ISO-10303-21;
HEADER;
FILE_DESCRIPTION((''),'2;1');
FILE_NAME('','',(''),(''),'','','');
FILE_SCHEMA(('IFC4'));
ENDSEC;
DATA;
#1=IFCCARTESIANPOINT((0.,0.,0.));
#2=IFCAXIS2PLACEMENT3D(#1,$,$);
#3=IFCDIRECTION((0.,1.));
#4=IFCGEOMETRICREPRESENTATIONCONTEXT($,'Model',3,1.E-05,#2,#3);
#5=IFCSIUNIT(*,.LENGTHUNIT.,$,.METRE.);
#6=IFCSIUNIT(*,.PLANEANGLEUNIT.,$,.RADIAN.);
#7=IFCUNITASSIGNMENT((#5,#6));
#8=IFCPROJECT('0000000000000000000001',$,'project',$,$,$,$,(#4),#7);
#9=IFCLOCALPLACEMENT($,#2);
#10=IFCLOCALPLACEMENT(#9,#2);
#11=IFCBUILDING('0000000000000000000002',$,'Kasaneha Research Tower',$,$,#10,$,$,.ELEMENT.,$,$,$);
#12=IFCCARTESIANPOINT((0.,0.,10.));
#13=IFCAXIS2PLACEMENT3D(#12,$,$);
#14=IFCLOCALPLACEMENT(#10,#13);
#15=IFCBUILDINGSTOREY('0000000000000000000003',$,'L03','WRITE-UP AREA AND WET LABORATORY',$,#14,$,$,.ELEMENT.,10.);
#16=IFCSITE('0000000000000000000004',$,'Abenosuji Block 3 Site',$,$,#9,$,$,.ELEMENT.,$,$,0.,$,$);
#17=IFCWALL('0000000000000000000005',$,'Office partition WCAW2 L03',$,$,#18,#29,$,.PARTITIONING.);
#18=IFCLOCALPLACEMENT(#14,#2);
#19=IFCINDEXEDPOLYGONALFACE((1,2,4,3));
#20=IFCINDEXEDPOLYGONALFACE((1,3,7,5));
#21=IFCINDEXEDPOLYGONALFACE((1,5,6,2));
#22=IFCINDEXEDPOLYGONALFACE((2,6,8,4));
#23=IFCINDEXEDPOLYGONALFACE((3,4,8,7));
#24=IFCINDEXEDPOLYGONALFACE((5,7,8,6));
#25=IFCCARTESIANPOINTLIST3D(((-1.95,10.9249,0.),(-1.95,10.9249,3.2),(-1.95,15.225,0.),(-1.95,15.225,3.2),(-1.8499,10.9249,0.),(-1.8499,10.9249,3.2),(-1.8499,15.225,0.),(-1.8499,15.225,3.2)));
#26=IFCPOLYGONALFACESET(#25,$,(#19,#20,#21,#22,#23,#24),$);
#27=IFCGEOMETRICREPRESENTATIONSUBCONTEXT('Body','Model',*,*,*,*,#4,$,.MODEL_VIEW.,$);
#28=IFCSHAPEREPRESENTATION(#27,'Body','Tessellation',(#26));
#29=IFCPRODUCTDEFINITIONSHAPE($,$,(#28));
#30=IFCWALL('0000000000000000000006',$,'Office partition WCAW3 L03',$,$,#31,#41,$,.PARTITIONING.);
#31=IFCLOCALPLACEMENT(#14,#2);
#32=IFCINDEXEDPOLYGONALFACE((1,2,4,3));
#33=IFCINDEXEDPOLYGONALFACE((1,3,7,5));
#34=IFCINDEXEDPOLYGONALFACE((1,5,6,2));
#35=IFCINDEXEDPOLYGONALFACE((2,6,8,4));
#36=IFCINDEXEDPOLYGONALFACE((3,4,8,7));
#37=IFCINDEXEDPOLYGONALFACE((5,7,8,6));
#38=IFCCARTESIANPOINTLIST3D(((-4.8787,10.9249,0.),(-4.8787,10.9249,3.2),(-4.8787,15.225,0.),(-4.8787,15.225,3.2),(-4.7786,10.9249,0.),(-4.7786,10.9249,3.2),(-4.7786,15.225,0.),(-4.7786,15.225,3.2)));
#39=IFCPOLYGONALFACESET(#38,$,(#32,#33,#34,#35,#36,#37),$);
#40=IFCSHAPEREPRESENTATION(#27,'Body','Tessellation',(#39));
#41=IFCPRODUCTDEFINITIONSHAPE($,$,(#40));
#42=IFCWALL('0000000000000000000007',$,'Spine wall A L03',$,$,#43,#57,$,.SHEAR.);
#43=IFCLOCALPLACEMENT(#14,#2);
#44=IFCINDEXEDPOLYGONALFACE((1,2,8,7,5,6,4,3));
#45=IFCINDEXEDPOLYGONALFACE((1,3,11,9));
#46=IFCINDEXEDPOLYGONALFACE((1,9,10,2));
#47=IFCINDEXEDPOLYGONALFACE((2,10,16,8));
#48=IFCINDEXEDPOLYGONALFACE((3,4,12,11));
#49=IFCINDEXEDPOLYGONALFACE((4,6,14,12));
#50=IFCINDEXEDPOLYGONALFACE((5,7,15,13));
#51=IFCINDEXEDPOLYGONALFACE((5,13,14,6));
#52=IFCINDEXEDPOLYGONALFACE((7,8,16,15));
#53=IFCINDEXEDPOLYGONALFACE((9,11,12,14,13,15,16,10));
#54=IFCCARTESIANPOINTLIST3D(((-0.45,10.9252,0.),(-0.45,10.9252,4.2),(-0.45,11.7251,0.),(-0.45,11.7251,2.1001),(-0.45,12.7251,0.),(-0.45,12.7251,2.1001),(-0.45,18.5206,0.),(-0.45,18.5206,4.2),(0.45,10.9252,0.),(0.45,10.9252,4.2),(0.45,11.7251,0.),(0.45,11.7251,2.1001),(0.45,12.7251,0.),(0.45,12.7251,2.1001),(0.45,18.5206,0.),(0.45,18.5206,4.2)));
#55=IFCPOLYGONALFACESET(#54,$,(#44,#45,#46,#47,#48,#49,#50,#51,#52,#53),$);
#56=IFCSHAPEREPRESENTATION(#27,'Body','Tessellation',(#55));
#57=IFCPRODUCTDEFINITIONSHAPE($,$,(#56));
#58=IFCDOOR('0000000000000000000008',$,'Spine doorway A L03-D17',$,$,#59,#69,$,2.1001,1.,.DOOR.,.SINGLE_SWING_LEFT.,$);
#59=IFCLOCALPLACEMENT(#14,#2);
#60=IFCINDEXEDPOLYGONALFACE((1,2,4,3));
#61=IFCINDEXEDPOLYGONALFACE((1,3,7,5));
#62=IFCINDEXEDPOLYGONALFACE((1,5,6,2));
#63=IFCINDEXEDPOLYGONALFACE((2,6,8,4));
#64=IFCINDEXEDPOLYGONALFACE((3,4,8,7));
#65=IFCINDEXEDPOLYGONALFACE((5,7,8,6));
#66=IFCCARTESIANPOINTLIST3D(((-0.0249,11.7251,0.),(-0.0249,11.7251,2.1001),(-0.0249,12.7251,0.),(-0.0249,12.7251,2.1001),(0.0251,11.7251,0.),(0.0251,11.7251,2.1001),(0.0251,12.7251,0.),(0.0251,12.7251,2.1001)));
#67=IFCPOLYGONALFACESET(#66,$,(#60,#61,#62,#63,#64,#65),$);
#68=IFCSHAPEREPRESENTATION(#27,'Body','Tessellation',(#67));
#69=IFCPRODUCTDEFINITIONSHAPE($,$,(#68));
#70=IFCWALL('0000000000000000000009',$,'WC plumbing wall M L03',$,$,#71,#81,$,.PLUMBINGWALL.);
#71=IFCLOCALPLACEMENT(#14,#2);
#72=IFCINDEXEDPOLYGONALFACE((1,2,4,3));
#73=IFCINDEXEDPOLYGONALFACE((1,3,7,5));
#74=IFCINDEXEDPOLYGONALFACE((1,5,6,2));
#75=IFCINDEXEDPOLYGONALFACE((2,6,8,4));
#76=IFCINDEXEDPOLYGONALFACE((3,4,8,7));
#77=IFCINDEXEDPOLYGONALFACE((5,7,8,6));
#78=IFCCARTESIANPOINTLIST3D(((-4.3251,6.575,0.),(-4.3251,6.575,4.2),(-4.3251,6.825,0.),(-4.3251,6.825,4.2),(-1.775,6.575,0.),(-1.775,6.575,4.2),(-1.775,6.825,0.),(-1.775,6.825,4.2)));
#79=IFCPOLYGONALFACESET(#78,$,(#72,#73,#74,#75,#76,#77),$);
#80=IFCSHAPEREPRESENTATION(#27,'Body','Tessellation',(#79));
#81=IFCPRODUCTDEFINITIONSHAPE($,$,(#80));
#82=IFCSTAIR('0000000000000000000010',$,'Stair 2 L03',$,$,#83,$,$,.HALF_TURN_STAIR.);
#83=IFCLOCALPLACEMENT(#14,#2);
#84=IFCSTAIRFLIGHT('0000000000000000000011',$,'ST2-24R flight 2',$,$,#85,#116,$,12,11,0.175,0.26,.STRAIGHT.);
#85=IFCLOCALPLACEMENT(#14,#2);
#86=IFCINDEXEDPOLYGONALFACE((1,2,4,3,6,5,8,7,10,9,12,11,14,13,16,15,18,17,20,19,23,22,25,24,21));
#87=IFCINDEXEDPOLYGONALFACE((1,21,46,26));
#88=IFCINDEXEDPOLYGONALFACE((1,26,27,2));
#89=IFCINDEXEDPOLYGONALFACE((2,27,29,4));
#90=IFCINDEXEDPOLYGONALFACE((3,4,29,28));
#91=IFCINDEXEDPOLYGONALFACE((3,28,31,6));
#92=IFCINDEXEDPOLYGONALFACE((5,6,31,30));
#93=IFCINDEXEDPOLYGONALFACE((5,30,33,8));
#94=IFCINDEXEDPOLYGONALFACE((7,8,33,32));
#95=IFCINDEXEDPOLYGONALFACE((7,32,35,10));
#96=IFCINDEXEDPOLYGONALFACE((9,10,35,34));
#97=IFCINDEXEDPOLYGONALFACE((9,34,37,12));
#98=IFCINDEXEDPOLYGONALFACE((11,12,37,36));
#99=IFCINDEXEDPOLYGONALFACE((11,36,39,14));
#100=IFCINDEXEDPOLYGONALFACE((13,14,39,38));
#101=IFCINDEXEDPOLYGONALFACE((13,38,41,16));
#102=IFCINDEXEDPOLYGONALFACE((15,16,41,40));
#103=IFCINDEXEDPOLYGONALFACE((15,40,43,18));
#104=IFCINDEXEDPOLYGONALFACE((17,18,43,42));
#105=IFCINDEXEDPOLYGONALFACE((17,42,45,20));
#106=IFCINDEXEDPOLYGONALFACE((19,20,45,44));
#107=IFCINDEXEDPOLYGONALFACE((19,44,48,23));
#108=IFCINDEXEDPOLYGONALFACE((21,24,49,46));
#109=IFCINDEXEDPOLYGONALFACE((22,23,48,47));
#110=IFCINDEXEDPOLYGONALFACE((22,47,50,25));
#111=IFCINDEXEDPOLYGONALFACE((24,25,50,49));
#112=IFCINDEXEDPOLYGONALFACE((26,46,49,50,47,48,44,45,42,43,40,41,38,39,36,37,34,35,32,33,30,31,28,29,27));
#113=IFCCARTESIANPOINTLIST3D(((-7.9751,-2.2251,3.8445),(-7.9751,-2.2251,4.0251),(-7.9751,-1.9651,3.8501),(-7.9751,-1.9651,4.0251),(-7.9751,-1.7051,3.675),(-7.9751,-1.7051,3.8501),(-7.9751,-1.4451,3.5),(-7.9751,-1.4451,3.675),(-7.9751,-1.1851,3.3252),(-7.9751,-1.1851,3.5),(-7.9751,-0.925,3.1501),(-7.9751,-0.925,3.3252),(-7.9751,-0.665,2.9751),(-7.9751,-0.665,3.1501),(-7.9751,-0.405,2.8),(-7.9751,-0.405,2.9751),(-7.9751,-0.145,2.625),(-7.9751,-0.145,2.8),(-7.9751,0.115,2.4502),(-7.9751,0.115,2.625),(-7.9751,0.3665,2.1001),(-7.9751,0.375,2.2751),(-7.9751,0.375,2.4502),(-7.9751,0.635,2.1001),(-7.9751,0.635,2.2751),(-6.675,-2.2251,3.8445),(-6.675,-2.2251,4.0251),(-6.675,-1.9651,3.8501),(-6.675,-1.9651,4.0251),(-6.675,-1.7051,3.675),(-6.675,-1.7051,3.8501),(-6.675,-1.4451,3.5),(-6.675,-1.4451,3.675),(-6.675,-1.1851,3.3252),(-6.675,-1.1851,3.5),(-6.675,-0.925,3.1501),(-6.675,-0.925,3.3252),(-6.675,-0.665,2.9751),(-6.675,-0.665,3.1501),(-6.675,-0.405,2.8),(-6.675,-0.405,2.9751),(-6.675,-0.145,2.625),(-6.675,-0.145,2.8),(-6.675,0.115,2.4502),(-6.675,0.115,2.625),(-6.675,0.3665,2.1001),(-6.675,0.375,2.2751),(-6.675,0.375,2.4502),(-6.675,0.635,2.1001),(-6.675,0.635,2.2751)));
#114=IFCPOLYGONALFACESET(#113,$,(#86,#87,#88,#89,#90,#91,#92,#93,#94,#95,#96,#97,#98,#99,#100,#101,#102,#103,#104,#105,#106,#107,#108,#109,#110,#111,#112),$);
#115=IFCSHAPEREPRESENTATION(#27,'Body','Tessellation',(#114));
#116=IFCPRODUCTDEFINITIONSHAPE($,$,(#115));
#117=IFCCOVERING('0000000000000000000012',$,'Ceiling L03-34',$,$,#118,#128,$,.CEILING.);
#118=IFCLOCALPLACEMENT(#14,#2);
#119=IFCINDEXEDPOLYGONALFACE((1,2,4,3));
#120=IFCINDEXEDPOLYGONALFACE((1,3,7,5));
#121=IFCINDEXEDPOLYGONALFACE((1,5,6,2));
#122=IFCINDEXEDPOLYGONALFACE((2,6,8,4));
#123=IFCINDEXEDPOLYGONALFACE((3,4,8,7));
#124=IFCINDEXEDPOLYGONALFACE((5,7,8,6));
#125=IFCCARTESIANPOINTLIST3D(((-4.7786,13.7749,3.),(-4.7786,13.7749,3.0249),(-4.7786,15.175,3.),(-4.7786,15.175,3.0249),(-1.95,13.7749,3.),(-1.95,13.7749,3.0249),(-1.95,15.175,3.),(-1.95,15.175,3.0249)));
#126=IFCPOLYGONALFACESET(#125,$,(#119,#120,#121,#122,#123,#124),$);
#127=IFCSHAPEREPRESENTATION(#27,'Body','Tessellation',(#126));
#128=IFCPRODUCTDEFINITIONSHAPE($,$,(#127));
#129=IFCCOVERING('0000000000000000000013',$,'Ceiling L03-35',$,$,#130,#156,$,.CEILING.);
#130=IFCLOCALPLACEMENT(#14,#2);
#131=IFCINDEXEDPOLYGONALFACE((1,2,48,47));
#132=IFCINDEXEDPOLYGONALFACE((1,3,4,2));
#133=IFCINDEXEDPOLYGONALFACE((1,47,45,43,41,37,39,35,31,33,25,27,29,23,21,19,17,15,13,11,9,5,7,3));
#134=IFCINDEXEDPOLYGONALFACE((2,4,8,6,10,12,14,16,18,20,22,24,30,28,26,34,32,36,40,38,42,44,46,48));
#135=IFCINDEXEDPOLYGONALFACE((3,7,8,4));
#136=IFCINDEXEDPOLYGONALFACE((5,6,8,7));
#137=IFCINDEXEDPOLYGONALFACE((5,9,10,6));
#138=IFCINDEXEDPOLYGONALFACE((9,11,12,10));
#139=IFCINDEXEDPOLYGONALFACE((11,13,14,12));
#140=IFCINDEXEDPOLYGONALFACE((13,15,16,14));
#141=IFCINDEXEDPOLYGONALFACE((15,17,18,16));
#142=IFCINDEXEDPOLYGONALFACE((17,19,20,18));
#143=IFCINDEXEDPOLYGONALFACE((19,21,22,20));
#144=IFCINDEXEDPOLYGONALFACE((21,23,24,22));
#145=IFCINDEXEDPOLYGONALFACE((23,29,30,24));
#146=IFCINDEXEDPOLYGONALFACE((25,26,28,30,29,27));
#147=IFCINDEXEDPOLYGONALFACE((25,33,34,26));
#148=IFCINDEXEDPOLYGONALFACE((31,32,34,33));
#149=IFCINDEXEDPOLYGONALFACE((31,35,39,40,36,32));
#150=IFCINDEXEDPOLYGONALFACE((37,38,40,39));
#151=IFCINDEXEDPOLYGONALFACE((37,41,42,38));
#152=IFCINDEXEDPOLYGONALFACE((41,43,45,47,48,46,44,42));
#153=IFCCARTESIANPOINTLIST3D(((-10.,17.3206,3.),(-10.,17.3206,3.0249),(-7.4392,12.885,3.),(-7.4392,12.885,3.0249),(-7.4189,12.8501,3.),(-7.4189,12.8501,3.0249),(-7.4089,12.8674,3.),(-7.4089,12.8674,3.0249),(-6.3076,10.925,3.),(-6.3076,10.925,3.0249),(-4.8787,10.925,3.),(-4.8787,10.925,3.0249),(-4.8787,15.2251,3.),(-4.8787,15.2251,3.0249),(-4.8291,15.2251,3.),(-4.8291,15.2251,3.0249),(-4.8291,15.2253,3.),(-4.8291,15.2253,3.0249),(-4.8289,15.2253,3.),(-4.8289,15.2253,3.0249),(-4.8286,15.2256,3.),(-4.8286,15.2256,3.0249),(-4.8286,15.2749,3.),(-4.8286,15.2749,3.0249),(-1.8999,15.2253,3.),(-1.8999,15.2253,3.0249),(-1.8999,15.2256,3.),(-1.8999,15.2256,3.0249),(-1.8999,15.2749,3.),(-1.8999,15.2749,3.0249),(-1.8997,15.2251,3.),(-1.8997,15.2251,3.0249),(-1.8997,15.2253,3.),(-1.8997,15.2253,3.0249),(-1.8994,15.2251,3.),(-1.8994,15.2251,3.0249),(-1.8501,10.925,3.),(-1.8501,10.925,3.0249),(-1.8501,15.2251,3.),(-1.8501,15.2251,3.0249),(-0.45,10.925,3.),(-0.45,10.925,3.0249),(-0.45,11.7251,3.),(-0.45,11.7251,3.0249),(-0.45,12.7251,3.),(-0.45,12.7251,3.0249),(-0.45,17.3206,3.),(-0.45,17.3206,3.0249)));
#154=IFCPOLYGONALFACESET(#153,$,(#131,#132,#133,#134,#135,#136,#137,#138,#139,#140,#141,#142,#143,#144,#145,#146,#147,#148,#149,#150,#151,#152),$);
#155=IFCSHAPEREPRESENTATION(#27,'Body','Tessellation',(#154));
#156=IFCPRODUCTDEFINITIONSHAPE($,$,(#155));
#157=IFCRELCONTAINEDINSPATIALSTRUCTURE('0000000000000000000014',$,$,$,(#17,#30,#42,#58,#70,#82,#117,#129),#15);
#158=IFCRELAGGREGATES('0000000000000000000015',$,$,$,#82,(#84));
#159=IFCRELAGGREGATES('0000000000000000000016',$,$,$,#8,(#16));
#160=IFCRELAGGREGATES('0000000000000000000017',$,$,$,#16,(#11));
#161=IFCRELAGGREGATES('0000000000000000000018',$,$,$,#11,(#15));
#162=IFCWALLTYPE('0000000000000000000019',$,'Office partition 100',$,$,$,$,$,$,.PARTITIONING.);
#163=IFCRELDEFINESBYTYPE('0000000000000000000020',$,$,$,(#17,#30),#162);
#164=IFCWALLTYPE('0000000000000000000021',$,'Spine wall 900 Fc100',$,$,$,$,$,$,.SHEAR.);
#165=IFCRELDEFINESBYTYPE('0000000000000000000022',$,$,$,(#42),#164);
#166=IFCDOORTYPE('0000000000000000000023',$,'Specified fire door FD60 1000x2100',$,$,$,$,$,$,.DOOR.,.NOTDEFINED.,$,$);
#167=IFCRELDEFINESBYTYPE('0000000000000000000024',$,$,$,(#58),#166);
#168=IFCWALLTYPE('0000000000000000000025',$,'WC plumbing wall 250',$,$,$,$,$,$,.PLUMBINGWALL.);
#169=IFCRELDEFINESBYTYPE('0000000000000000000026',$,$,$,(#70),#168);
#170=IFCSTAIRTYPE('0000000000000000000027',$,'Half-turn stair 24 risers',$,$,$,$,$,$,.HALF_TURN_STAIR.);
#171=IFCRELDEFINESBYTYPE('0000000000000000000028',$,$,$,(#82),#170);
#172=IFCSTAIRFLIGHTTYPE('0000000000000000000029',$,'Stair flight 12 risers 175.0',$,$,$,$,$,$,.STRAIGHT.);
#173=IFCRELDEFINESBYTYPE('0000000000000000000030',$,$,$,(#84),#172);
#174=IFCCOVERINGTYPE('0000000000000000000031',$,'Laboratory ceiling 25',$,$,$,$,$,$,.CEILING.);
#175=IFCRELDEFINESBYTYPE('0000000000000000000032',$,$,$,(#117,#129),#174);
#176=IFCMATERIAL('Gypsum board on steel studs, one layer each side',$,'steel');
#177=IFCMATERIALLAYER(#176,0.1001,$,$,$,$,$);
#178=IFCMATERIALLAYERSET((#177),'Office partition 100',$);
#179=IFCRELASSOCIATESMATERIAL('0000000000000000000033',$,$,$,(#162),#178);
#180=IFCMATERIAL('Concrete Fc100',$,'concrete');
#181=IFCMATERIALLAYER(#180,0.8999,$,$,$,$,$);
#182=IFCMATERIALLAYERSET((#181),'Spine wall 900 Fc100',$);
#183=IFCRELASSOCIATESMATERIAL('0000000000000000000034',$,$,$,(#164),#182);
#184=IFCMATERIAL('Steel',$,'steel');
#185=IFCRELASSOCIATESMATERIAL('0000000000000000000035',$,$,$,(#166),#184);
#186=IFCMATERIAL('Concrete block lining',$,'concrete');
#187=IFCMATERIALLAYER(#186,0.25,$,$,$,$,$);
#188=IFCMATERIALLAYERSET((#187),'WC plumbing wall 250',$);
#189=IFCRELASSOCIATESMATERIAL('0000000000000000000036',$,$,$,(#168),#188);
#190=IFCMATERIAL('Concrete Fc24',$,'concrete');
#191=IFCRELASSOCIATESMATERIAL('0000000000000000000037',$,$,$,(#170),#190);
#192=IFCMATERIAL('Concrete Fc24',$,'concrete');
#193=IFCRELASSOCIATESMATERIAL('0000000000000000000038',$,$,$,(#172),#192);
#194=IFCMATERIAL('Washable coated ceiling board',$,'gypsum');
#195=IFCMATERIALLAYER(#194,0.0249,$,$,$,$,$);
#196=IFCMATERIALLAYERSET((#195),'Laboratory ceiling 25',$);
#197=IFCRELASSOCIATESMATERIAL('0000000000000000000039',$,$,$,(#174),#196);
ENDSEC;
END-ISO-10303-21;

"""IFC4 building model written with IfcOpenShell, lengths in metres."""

from ifc_helpers import new_model, si_unit, direction, frame, frame_2d, origin, place, context, subcontext, project, spatial, polyline, rectangle, outline, extrude, material, layer, layer_set, type_object, element, fill, aggregate, save


model = new_model("IFC4")

# Units and contexts
model_context = context("Model", 3, precision=1e-05, world=origin(), true_north=direction((0.0, 1.0)))
body_context = subcontext(model_context, "Body", "Model", "MODEL_VIEW")
ifc_project = project(units=[si_unit("LENGTHUNIT", "METRE"), si_unit("PLANEANGLEUNIT", "RADIAN")], contexts=[model_context])

# Site, building, storey
site_placement = place(None, origin())
site = spatial("IfcSite", under=ifc_project, at=site_placement, Name="Abenosuji Block 3 Site", CompositionType="ELEMENT", RefElevation=0.0)
building_placement = place(site_placement, origin())
building = spatial("IfcBuilding", under=site, at=building_placement, Name="Kasaneha Research Tower", CompositionType="ELEMENT")
storey_placement = place(building_placement, frame((0.0, 0.0, 10.0)))
storey = spatial("IfcBuildingStorey", under=building, at=storey_placement, Name="L03", Description="WRITE-UP AREA AND WET LABORATORY", CompositionType="ELEMENT", Elevation=10.0)

# Shared definitions
ifc_material_1 = material(Name="Gypsum board on steel studs, one layer each side", Category="steel")
ifc_layer_1 = layer(ifc_material_1, 0.1001)
ifc_layer_set_1 = layer_set([ifc_layer_1], Name="Office partition 100")
wall_type_1 = type_object("IfcWallType", Name="Office partition 100", PredefinedType="PARTITIONING", material=ifc_layer_set_1)

# Walls
for number, where, z_axis, x_axis, name in (
    (1, (-1.8999, 10.925, 0.0), (0.0, 0.0, 1.0), (0.0, 1.0, 0.0), "Office partition WCAW2 L03"),
    (2, (-4.8286, 10.925, 0.0), (0.0, 0.0, 1.0), (0.0, 1.0, 0.0), "Office partition WCAW3 L03"),
):
    element("IfcWall", number, at=place(storey_placement, frame(where, z_axis=z_axis, x_axis=x_axis)), inside=storey, type_object=wall_type_1, Name=name, PredefinedType="PARTITIONING", context=body_context, shape_type="SweptSolid", body=[
        extrude(rectangle(XDim=4.3, YDim=0.1001, at=frame_2d((2.1499, 0.0))), origin(), (0.0, 0.0, 1.0), 3.2),
    ])

# Wall, opening, door
ifc_material_2 = material(Name="Concrete Fc100", Category="concrete")
ifc_layer_2 = layer(ifc_material_2, 0.8999)
ifc_layer_set_2 = layer_set([ifc_layer_2], Name="Spine wall 900 Fc100")
wall_type_2 = type_object("IfcWallType", Name="Spine wall 900 Fc100", PredefinedType="SHEAR", material=ifc_layer_set_2)
wall_1_placement = place(storey_placement, frame((0.0, 10.925, 0.0), z_axis=(0.0, 0.0, 1.0), x_axis=(0.0, 1.0, 0.0)))
wall_1 = element("IfcWall", 3, at=wall_1_placement, inside=storey, type_object=wall_type_2, Name="Spine wall A L03", PredefinedType="SHEAR", context=body_context, shape_type="SweptSolid", body=[
    extrude(rectangle(XDim=7.5955, YDim=0.8999, at=frame_2d((3.7979, 0.0))), origin(), (0.0, 0.0, 1.0), 4.2),
])
opening_1_placement = place(wall_1_placement, frame((0.8, 0.0, 0.0)))
opening_1 = element("IfcOpeningElement", 4, at=opening_1_placement, cuts=wall_1, PredefinedType="OPENING", context=body_context, shape_type="SweptSolid", body=[
    extrude(rectangle(XDim=1.0, YDim=2.1001, at=frame_2d((0.5, 1.05))), frame((0.0, 0.46, 0.0), z_axis=(0.0, -1.0, 0.0), x_axis=(1.0, 0.0, 0.0)), (0.0, 0.0, 1.0), 0.9199),
])
ifc_material_3 = material(Name="Steel", Category="steel")
door_type_1 = type_object("IfcDoorType", Name="Specified fire door FD60 1000x2100", OperationType="NOTDEFINED", PredefinedType="DOOR", material=ifc_material_3)
door_1_placement = place(opening_1_placement, origin())
door_1 = element("IfcDoor", 5, at=door_1_placement, inside=storey, type_object=door_type_1, Name="Spine doorway A L03-D17", OperationType="SINGLE_SWING_LEFT", OverallHeight=2.1001, OverallWidth=1.0, PredefinedType="DOOR", context=body_context, shape_type="SweptSolid", body=[
    extrude(rectangle(XDim=1.0, YDim=2.1001, at=frame_2d((0.5, 1.05))), frame((0.0, 0.0249, 0.0), z_axis=(0.0, -1.0, 0.0), x_axis=(1.0, 0.0, 0.0)), (0.0, 0.0, 1.0), 0.05),
])
fill(opening_1, door_1)

# Wall
ifc_material_4 = material(Name="Concrete block lining", Category="concrete")
ifc_layer_3 = layer(ifc_material_4, 0.25)
ifc_layer_set_3 = layer_set([ifc_layer_3], Name="WC plumbing wall 250")
wall_type_3 = type_object("IfcWallType", Name="WC plumbing wall 250", PredefinedType="PLUMBINGWALL", material=ifc_layer_set_3)
wall_2_placement = place(storey_placement, frame((-4.325, 6.7, 0.0), z_axis=(0.0, 0.0, 1.0), x_axis=(1.0, 0.0, 0.0)))
element("IfcWall", 6, at=wall_2_placement, inside=storey, type_object=wall_type_3, Name="WC plumbing wall M L03", PredefinedType="PLUMBINGWALL", context=body_context, shape_type="SweptSolid", body=[
    extrude(rectangle(XDim=2.55, YDim=0.25, at=frame_2d((1.2749, 0.0))), origin(), (0.0, 0.0, 1.0), 4.2),
])

# Stair, stair flight
ifc_material_5 = material(Name="Concrete Fc24", Category="concrete")
stair_type = type_object("IfcStairType", Name="Half-turn stair 24 risers", PredefinedType="HALF_TURN_STAIR", material=ifc_material_5)
stair_placement = place(storey_placement, origin())
stair = element("IfcStair", 7, at=stair_placement, inside=storey, type_object=stair_type, Name="Stair 2 L03", PredefinedType="HALF_TURN_STAIR")
ifc_material_6 = material(Name="Concrete Fc24", Category="concrete")
stair_flight_type = type_object("IfcStairFlightType", Name="Stair flight 12 risers 175.0", PredefinedType="STRAIGHT", material=ifc_material_6)
stair_flight_placement = place(storey_placement, frame((-7.325, 0.635, 2.1001), z_axis=(0.0, 0.0, 1.0), x_axis=(0.0, -1.0, 0.0)))
stair_flight = element("IfcStairFlight", 8, at=stair_flight_placement, type_object=stair_flight_type, Name="ST2-24R flight 2", NumberOfRisers=12, NumberOfTreads=11, PredefinedType="STRAIGHT", RiserHeight=0.175, TreadLength=0.26, context=body_context, shape_type="SweptSolid", body=[
    extrude(outline(polyline([(0.0, 0.0), (0.0, 0.175), (0.26, 0.175), (0.26, 0.3501), (0.52, 0.3501), (0.52, 0.5249), (0.78, 0.5249), (0.78, 0.7), (1.04, 0.7), (1.04, 0.875), (1.3, 0.875), (1.3, 1.05), (1.5601, 1.05), (1.5601, 1.2251), (1.8201, 1.2251), (1.8201, 1.3999), (2.0801, 1.3999), (2.0801, 1.575), (2.3401, 1.575), (2.3401, 1.75), (2.6001, 1.75), (2.6001, 1.925), (2.8601, 1.925), (2.8601, 2.1001), (2.8601, 1.7444), (0.2686, 0.0), (0.0, 0.0)])), frame((0.0, 0.6499, 0.0), z_axis=(0.0, -1.0, 0.0), x_axis=(1.0, 0.0, 0.0)), (0.0, 0.0, 1.0), 1.3),
])
aggregate(stair, [stair_flight])

# Coverings
ifc_material_7 = material(Name="Washable coated ceiling board", Category="gypsum")
ifc_layer_4 = layer(ifc_material_7, 0.0249)
ifc_layer_set_4 = layer_set([ifc_layer_4], Name="Laboratory ceiling 25")
covering_type = type_object("IfcCoveringType", Name="Laboratory ceiling 25", PredefinedType="CEILING", material=ifc_layer_set_4)
covering_1_placement = place(storey_placement, frame((0.0, 0.0, 3.0)))
element("IfcCovering", 9, at=covering_1_placement, inside=storey, type_object=covering_type, Name="Ceiling L03-34", PredefinedType="CEILING", context=body_context, shape_type="SweptSolid", body=[
    extrude(outline(polyline([(-1.95, 15.175), (-1.95, 13.7749), (-4.7786, 13.7749), (-4.7786, 15.175), (-1.95, 15.175)])), origin(), (0.0, 0.0, 1.0), 0.0249),
])
covering_2_placement = place(storey_placement, frame((0.0, 0.0, 3.0)))
element("IfcCovering", 10, at=covering_2_placement, inside=storey, type_object=covering_type, Name="Ceiling L03-35", PredefinedType="CEILING", context=body_context, shape_type="SweptSolid", body=[
    extrude(outline(polyline([(-1.8501, 10.925), (-1.8501, 15.2251), (-1.8994, 15.2251), (-1.8994, 15.2251), (-1.8994, 15.2251), (-1.8994, 15.2251), (-1.8997, 15.2251), (-1.8997, 15.2253), (-1.8997, 15.2253), (-1.8997, 15.2253), (-1.8997, 15.2253), (-1.8997, 15.2253), (-1.8997, 15.2253), (-1.8997, 15.2253), (-1.8999, 15.2253), (-1.8999, 15.2256), (-1.8999, 15.2256), (-1.8999, 15.2256), (-1.8999, 15.2256), (-1.8999, 15.2749), (-4.8286, 15.2749), (-4.8286, 15.2256), (-4.8286, 15.2256), (-4.8286, 15.2256), (-4.8286, 15.2256), (-4.8289, 15.2253), (-4.8289, 15.2253), (-4.8289, 15.2253), (-4.8289, 15.2253), (-4.8289, 15.2253), (-4.8289, 15.2253), (-4.8291, 15.2253), (-4.8291, 15.2253), (-4.8291, 15.2251), (-4.8291, 15.2251), (-4.8291, 15.2251), (-4.8291, 15.2251), (-4.8291, 15.2251), (-4.8787, 15.2251), (-4.8787, 10.925), (-6.3076, 10.925), (-7.4189, 12.8501), (-7.4089, 12.8674), (-7.4392, 12.885), (-10.0, 17.3206), (-0.45, 17.3206), (-0.45, 12.7251), (-0.45, 11.7251), (-0.45, 10.925), (-1.8501, 10.925)])), origin(), (0.0, 0.0, 1.0), 0.0249),
])

save(model, "model.ifc")
